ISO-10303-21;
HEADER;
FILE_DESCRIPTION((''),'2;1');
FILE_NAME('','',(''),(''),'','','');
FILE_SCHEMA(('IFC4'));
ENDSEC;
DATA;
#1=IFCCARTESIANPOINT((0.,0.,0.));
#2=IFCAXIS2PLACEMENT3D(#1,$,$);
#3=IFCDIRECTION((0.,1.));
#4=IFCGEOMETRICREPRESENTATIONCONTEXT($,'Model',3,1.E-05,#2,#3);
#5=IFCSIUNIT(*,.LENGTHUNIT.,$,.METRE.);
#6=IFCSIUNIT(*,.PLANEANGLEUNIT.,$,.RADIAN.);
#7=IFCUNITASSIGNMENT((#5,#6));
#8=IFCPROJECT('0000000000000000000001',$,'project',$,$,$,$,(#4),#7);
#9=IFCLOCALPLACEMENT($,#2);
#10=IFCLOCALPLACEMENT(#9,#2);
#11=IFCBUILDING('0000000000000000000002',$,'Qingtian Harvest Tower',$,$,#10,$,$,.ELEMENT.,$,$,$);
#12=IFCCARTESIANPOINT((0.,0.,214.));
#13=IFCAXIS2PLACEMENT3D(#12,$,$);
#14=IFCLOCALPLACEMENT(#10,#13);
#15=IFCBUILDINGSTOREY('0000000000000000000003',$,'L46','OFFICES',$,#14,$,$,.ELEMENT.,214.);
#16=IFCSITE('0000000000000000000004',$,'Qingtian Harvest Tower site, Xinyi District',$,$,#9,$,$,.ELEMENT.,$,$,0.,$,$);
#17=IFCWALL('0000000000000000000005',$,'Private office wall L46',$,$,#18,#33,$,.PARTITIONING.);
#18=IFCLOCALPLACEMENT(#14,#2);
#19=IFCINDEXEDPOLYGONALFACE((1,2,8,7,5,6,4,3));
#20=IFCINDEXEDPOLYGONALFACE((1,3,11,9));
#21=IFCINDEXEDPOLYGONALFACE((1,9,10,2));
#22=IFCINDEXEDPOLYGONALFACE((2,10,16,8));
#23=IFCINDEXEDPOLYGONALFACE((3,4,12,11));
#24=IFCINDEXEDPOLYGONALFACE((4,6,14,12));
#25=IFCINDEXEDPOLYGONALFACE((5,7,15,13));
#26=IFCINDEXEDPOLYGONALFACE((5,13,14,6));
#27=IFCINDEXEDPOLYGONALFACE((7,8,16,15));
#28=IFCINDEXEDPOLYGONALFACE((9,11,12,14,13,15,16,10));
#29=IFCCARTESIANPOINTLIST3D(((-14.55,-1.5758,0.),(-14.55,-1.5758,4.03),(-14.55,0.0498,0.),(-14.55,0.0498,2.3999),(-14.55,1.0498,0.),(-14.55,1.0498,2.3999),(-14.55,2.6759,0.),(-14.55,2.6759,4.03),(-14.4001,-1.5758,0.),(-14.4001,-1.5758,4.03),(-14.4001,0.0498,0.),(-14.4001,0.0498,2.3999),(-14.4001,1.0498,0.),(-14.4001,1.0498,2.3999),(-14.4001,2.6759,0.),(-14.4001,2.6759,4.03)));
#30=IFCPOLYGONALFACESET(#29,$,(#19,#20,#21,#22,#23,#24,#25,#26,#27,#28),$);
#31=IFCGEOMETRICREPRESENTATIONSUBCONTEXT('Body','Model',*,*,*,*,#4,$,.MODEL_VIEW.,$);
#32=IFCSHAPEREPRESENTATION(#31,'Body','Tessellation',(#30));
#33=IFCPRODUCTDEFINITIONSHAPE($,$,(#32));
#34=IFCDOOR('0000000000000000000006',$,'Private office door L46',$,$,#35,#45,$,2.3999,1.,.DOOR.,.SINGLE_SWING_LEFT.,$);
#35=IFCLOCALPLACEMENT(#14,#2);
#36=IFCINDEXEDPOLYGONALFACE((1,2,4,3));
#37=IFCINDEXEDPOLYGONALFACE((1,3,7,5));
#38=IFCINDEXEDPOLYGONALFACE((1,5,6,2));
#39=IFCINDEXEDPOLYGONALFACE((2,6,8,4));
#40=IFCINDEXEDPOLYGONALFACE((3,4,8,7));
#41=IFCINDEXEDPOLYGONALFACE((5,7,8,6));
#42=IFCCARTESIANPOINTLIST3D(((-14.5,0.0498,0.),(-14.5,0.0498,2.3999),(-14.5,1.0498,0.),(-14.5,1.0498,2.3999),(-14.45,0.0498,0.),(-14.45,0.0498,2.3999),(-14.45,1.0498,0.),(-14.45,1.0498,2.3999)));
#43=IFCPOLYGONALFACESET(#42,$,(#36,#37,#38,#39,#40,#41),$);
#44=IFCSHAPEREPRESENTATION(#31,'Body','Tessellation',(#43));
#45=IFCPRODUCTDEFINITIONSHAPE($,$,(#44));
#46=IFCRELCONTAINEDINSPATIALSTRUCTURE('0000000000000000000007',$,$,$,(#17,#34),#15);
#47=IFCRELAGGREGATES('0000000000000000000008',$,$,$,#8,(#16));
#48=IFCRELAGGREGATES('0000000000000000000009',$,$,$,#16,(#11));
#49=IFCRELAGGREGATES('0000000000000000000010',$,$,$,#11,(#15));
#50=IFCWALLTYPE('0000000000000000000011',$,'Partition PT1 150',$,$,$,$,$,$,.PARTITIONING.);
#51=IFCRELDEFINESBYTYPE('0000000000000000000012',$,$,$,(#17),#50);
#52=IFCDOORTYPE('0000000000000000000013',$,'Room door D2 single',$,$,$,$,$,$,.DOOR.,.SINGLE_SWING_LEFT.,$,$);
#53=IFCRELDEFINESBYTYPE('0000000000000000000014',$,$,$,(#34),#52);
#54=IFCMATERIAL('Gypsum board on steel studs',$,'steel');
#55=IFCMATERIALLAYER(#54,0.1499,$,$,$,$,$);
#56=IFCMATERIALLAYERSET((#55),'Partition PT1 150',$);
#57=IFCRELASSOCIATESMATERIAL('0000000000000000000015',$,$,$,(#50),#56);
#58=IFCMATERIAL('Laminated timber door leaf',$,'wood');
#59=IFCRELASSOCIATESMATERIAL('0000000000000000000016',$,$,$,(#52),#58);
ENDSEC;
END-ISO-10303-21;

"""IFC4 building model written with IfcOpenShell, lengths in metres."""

from ifc_helpers import new_model, si_unit, direction, frame, frame_2d, origin, place, context, subcontext, project, spatial, rectangle, extrude, material, layer, layer_set, type_object, element, fill, save


model = new_model("IFC4")

# Units and contexts
model_context = context("Model", 3, precision=1e-05, world=origin(), true_north=direction((0.0, 1.0)))
body_context = subcontext(model_context, "Body", "Model", "MODEL_VIEW")
ifc_project = project(units=[si_unit("LENGTHUNIT", "METRE"), si_unit("PLANEANGLEUNIT", "RADIAN")], contexts=[model_context])

# Site, building, storey
site_placement = place(None, origin())
site = spatial("IfcSite", under=ifc_project, at=site_placement, Name="Qingtian Harvest Tower site, Xinyi District", CompositionType="ELEMENT", RefElevation=0.0)
building_placement = place(site_placement, origin())
building = spatial("IfcBuilding", under=site, at=building_placement, Name="Qingtian Harvest Tower", CompositionType="ELEMENT")
storey_placement = place(building_placement, frame((0.0, 0.0, 214.0)))
storey = spatial("IfcBuildingStorey", under=building, at=storey_placement, Name="L46", Description="OFFICES", CompositionType="ELEMENT", Elevation=214.0)

# Shared definitions
ifc_material_1 = material(Name="Gypsum board on steel studs", Category="steel")
ifc_layer_1 = layer(ifc_material_1, 0.1499)
ifc_layer_set_1 = layer_set([ifc_layer_1], Name="Partition PT1 150")
wall_type_1 = type_object("IfcWallType", Name="Partition PT1 150", PredefinedType="PARTITIONING", material=ifc_layer_set_1)

# Shared definitions
ifc_material_2 = material(Name="Laminated timber door leaf", Category="wood")
door_type_1 = type_object("IfcDoorType", Name="Room door D2 single", OperationType="SINGLE_SWING_LEFT", PredefinedType="DOOR", material=ifc_material_2)

# Wall, opening, door
wall_1_placement = place(storey_placement, frame((-14.4751, -1.5759, 0.0), z_axis=(0.0, 0.0, 1.0), x_axis=(0.0, 1.0, 0.0)))
wall_1 = element("IfcWall", 1, at=wall_1_placement, inside=storey, type_object=wall_type_1, Name="Private office wall L46", PredefinedType="PARTITIONING", context=body_context, shape_type="SweptSolid", body=[
    extrude(rectangle(XDim=4.2517, YDim=0.1499, at=frame_2d((2.126, 0.0))), origin(), (0.0, 0.0, 1.0), 4.03),
])
opening_1_placement = place(wall_1_placement, frame((1.6257, 0.0, 0.0)))
opening_1 = element("IfcOpeningElement", 2, at=opening_1_placement, cuts=wall_1, PredefinedType="OPENING", context=body_context, shape_type="SweptSolid", body=[
    extrude(rectangle(XDim=1.0, YDim=2.3999, at=frame_2d((0.5, 1.2))), frame((0.0, 0.085, 0.0), z_axis=(0.0, -1.0, 0.0), x_axis=(1.0, 0.0, 0.0)), (0.0, 0.0, 1.0), 0.1699),
])
door_1_placement = place(opening_1_placement, origin())
door_1 = element("IfcDoor", 3, at=door_1_placement, inside=storey, type_object=door_type_1, Name="Private office door L46", OperationType="SINGLE_SWING_LEFT", OverallHeight=2.3999, OverallWidth=1.0, PredefinedType="DOOR", context=body_context, shape_type="SweptSolid", body=[
    extrude(rectangle(XDim=1.0, YDim=2.3999, at=frame_2d((0.5, 1.2))), frame((0.0, 0.0249, 0.0), z_axis=(0.0, -1.0, 0.0), x_axis=(1.0, 0.0, 0.0)), (0.0, 0.0, 1.0), 0.05),
])
fill(opening_1, door_1)

save(model, "model.ifc")
